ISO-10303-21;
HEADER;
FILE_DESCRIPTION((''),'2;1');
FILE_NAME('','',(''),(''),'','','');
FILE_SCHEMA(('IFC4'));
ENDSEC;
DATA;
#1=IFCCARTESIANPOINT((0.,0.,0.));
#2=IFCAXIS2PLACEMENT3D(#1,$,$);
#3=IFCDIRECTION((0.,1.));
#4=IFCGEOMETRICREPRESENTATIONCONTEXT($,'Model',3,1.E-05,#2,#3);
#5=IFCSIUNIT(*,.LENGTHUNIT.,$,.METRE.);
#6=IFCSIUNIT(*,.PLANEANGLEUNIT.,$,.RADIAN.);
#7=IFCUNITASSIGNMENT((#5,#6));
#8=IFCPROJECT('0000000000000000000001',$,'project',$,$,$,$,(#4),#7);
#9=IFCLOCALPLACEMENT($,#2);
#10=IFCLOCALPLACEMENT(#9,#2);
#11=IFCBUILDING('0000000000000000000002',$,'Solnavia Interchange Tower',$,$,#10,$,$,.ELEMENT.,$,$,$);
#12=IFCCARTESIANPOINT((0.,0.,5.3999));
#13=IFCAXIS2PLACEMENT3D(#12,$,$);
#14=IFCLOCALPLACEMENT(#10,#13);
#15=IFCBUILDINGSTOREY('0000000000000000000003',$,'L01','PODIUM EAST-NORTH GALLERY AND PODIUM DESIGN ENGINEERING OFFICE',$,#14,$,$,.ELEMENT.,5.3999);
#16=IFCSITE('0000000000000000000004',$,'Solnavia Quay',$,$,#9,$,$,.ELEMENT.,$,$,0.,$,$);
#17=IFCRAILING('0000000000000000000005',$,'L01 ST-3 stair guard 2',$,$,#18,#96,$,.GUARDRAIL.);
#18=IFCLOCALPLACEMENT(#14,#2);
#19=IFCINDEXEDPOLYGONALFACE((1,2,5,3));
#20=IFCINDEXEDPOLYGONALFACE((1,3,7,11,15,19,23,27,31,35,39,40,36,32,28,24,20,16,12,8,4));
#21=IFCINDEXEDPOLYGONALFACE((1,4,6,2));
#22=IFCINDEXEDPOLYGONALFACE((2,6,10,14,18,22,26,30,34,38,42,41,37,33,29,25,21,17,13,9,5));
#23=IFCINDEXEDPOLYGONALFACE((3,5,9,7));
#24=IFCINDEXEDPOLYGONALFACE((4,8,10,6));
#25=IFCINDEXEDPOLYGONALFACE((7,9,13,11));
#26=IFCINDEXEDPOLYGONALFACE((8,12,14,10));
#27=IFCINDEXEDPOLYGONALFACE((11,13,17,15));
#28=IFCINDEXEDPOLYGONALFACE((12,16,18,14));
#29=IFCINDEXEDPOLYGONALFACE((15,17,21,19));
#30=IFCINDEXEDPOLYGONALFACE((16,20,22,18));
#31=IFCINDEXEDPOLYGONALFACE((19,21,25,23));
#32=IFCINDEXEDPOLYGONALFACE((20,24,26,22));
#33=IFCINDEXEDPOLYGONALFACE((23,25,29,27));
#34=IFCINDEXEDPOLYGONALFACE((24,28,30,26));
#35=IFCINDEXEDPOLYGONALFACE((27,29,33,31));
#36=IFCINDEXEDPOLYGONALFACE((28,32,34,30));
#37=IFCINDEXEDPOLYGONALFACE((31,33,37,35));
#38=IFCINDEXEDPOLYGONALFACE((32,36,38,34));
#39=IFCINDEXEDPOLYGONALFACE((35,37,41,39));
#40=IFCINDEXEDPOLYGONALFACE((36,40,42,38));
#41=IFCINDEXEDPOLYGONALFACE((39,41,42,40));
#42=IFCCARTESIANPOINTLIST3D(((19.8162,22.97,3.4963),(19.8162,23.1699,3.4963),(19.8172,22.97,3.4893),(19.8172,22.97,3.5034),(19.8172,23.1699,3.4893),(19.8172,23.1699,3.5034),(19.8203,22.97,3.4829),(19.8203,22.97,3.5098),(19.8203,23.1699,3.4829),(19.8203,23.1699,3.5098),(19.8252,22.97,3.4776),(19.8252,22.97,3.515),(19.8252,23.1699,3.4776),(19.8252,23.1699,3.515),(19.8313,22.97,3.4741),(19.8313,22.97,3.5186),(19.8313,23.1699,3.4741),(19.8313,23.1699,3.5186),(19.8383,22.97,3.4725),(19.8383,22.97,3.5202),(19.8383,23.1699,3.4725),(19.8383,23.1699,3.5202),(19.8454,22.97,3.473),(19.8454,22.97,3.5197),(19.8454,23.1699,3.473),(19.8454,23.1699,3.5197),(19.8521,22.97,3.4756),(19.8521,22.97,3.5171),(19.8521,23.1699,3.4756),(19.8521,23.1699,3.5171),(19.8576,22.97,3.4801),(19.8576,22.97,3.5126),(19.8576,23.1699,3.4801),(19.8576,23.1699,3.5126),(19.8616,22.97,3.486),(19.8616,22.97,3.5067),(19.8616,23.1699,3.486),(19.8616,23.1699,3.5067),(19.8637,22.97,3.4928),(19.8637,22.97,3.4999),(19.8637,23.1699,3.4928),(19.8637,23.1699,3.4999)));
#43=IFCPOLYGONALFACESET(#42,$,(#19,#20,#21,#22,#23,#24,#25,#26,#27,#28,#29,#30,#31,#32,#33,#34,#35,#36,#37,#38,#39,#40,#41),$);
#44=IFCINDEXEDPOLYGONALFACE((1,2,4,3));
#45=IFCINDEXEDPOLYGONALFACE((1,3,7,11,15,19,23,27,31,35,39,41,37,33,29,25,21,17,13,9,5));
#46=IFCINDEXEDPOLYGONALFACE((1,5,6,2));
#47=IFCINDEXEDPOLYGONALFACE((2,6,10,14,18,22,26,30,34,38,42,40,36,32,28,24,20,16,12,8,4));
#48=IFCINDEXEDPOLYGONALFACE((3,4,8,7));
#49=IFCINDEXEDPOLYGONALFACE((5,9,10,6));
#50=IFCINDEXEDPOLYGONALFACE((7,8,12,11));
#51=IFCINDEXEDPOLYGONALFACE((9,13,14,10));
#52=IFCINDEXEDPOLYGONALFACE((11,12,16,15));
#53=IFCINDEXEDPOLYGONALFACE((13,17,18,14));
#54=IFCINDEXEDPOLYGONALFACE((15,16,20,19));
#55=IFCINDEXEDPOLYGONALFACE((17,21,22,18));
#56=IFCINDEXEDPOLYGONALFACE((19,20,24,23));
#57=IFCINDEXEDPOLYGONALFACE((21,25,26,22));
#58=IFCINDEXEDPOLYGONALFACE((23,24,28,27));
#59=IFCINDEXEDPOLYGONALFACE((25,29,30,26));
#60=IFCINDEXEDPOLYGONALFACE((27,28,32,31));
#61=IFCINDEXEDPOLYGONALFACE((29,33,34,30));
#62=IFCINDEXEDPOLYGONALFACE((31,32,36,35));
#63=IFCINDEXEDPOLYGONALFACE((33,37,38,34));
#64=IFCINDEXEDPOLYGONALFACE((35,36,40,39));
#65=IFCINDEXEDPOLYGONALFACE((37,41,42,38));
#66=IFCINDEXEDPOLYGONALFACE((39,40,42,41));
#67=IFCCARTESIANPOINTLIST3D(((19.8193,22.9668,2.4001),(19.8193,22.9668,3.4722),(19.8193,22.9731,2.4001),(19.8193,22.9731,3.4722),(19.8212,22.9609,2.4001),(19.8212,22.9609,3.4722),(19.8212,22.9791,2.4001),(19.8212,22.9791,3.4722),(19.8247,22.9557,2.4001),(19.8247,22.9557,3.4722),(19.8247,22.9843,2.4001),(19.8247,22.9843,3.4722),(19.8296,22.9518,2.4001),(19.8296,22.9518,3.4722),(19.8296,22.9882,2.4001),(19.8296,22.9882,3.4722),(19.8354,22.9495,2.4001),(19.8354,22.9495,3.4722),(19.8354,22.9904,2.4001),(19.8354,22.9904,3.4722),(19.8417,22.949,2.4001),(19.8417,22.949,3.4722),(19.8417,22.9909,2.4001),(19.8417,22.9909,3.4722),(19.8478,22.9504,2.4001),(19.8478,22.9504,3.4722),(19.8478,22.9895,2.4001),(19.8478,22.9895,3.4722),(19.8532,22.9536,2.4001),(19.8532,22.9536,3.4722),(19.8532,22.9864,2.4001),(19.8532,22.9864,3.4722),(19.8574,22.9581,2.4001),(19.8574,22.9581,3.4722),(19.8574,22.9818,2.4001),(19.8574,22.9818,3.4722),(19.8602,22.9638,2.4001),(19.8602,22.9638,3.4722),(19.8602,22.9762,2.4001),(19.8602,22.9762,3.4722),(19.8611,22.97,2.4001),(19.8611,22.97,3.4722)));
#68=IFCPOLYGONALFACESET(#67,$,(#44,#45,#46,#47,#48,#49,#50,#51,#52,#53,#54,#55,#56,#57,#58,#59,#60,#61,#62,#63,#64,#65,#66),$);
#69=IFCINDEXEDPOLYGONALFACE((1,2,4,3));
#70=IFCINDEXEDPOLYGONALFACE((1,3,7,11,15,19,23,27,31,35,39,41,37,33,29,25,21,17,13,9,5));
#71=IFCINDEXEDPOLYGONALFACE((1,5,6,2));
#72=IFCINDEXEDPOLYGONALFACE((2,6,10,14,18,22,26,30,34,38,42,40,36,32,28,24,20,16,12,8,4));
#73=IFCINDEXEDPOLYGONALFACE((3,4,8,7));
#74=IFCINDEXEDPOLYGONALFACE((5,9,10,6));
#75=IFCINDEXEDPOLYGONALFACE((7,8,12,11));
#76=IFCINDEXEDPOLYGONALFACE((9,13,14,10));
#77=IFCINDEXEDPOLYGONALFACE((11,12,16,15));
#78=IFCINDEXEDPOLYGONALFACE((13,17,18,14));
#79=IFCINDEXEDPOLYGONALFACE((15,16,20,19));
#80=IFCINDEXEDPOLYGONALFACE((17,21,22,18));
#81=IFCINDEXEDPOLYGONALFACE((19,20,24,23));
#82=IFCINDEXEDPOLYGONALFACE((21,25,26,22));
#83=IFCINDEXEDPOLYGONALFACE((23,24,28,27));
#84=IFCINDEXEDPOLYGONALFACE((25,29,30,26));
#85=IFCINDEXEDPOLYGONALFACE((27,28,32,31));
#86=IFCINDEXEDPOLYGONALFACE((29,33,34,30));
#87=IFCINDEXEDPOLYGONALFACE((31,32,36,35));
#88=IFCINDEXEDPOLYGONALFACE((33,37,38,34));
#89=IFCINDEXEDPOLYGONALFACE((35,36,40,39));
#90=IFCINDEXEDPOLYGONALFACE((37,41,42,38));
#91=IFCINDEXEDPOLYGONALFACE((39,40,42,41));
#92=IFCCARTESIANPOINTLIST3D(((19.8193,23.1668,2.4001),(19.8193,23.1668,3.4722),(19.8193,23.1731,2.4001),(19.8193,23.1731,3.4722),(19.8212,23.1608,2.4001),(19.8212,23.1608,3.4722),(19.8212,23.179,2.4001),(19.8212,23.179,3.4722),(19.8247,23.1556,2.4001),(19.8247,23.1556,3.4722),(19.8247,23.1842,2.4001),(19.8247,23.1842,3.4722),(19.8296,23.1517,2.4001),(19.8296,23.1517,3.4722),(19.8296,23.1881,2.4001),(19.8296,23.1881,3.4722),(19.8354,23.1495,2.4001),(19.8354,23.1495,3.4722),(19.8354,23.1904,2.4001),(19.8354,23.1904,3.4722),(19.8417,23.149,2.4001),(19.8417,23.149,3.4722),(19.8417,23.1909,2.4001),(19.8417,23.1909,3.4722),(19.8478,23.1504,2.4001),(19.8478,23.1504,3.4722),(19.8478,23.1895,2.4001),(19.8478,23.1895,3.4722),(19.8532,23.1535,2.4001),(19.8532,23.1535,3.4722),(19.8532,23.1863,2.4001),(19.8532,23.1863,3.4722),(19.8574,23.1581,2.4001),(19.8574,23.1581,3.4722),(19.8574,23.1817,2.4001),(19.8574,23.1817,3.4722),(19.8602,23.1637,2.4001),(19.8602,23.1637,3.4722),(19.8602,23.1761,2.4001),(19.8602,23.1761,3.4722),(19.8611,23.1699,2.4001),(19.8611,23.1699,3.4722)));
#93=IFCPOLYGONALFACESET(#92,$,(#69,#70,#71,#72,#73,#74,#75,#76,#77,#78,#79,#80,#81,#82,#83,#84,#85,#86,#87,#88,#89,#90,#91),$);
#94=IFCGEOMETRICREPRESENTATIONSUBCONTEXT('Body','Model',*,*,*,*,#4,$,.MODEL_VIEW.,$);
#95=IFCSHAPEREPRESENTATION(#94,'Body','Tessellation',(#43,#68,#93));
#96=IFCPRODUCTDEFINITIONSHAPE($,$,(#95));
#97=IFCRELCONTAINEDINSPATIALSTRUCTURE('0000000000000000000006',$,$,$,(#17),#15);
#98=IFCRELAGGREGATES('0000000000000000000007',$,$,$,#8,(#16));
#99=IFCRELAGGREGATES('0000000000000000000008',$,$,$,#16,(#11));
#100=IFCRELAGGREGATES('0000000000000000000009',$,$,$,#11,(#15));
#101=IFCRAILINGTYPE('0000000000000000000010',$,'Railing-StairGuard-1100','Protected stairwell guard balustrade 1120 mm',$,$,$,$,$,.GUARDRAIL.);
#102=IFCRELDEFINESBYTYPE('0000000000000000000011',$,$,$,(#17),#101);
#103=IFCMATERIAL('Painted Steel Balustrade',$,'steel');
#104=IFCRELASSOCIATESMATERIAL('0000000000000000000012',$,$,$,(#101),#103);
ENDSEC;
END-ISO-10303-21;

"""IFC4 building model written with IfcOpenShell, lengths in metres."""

from ifc_helpers import new_model, si_unit, direction, frame, origin, origin_2d, place, context, subcontext, project, spatial, circle, extrude, material, type_object, element, save


model = new_model("IFC4")

# Units and contexts
model_context = context("Model", 3, precision=1e-05, world=origin(), true_north=direction((0.0, 1.0)))
body_context = subcontext(model_context, "Body", "Model", "MODEL_VIEW")
ifc_project = project(units=[si_unit("LENGTHUNIT", "METRE"), si_unit("PLANEANGLEUNIT", "RADIAN")], contexts=[model_context])

# Site, building, storey
site_placement = place(None, origin())
site = spatial("IfcSite", under=ifc_project, at=site_placement, Name="Solnavia Quay", CompositionType="ELEMENT", RefElevation=0.0)
building_placement = place(site_placement, origin())
building = spatial("IfcBuilding", under=site, at=building_placement, Name="Solnavia Interchange Tower", CompositionType="ELEMENT")
storey_placement = place(building_placement, frame((0.0, 0.0, 5.3999)))
storey = spatial("IfcBuildingStorey", under=building, at=storey_placement, Name="L01", Description="PODIUM EAST-NORTH GALLERY AND PODIUM DESIGN ENGINEERING OFFICE", CompositionType="ELEMENT", Elevation=5.3999)

# Railing
ifc_material_1 = material(Name="Painted Steel Balustrade", Category="steel")
railing_type_1 = type_object("IfcRailingType", Name="Railing-StairGuard-1100", Description="Protected stairwell guard balustrade 1120 mm", PredefinedType="GUARDRAIL", material=ifc_material_1)
railing_1_placement = place(storey_placement, frame((19.8401, 22.97, 2.4001)))
element("IfcRailing", 1, at=railing_1_placement, inside=storey, type_object=railing_type_1, Name="L01 ST-3 stair guard 2", PredefinedType="GUARDRAIL", context=body_context, shape_type="SweptSolid", body=[
    extrude(circle(Radius=0.0239, at=origin_2d()), frame((0.0, 0.0, 1.0962), z_axis=(0.0, 1.0, 0.0), x_axis=(-1.0, 0.0, 0.0)), (0.0, 0.0, 1.0), 0.2),
    extrude(circle(Radius=0.021, at=origin_2d()), origin(), (0.0, 0.0, 1.0), 1.072),
    extrude(circle(Radius=0.021, at=origin_2d()), frame((0.0, 0.2, 0.0)), (0.0, 0.0, 1.0), 1.072),
])

save(model, "model.ifc")
